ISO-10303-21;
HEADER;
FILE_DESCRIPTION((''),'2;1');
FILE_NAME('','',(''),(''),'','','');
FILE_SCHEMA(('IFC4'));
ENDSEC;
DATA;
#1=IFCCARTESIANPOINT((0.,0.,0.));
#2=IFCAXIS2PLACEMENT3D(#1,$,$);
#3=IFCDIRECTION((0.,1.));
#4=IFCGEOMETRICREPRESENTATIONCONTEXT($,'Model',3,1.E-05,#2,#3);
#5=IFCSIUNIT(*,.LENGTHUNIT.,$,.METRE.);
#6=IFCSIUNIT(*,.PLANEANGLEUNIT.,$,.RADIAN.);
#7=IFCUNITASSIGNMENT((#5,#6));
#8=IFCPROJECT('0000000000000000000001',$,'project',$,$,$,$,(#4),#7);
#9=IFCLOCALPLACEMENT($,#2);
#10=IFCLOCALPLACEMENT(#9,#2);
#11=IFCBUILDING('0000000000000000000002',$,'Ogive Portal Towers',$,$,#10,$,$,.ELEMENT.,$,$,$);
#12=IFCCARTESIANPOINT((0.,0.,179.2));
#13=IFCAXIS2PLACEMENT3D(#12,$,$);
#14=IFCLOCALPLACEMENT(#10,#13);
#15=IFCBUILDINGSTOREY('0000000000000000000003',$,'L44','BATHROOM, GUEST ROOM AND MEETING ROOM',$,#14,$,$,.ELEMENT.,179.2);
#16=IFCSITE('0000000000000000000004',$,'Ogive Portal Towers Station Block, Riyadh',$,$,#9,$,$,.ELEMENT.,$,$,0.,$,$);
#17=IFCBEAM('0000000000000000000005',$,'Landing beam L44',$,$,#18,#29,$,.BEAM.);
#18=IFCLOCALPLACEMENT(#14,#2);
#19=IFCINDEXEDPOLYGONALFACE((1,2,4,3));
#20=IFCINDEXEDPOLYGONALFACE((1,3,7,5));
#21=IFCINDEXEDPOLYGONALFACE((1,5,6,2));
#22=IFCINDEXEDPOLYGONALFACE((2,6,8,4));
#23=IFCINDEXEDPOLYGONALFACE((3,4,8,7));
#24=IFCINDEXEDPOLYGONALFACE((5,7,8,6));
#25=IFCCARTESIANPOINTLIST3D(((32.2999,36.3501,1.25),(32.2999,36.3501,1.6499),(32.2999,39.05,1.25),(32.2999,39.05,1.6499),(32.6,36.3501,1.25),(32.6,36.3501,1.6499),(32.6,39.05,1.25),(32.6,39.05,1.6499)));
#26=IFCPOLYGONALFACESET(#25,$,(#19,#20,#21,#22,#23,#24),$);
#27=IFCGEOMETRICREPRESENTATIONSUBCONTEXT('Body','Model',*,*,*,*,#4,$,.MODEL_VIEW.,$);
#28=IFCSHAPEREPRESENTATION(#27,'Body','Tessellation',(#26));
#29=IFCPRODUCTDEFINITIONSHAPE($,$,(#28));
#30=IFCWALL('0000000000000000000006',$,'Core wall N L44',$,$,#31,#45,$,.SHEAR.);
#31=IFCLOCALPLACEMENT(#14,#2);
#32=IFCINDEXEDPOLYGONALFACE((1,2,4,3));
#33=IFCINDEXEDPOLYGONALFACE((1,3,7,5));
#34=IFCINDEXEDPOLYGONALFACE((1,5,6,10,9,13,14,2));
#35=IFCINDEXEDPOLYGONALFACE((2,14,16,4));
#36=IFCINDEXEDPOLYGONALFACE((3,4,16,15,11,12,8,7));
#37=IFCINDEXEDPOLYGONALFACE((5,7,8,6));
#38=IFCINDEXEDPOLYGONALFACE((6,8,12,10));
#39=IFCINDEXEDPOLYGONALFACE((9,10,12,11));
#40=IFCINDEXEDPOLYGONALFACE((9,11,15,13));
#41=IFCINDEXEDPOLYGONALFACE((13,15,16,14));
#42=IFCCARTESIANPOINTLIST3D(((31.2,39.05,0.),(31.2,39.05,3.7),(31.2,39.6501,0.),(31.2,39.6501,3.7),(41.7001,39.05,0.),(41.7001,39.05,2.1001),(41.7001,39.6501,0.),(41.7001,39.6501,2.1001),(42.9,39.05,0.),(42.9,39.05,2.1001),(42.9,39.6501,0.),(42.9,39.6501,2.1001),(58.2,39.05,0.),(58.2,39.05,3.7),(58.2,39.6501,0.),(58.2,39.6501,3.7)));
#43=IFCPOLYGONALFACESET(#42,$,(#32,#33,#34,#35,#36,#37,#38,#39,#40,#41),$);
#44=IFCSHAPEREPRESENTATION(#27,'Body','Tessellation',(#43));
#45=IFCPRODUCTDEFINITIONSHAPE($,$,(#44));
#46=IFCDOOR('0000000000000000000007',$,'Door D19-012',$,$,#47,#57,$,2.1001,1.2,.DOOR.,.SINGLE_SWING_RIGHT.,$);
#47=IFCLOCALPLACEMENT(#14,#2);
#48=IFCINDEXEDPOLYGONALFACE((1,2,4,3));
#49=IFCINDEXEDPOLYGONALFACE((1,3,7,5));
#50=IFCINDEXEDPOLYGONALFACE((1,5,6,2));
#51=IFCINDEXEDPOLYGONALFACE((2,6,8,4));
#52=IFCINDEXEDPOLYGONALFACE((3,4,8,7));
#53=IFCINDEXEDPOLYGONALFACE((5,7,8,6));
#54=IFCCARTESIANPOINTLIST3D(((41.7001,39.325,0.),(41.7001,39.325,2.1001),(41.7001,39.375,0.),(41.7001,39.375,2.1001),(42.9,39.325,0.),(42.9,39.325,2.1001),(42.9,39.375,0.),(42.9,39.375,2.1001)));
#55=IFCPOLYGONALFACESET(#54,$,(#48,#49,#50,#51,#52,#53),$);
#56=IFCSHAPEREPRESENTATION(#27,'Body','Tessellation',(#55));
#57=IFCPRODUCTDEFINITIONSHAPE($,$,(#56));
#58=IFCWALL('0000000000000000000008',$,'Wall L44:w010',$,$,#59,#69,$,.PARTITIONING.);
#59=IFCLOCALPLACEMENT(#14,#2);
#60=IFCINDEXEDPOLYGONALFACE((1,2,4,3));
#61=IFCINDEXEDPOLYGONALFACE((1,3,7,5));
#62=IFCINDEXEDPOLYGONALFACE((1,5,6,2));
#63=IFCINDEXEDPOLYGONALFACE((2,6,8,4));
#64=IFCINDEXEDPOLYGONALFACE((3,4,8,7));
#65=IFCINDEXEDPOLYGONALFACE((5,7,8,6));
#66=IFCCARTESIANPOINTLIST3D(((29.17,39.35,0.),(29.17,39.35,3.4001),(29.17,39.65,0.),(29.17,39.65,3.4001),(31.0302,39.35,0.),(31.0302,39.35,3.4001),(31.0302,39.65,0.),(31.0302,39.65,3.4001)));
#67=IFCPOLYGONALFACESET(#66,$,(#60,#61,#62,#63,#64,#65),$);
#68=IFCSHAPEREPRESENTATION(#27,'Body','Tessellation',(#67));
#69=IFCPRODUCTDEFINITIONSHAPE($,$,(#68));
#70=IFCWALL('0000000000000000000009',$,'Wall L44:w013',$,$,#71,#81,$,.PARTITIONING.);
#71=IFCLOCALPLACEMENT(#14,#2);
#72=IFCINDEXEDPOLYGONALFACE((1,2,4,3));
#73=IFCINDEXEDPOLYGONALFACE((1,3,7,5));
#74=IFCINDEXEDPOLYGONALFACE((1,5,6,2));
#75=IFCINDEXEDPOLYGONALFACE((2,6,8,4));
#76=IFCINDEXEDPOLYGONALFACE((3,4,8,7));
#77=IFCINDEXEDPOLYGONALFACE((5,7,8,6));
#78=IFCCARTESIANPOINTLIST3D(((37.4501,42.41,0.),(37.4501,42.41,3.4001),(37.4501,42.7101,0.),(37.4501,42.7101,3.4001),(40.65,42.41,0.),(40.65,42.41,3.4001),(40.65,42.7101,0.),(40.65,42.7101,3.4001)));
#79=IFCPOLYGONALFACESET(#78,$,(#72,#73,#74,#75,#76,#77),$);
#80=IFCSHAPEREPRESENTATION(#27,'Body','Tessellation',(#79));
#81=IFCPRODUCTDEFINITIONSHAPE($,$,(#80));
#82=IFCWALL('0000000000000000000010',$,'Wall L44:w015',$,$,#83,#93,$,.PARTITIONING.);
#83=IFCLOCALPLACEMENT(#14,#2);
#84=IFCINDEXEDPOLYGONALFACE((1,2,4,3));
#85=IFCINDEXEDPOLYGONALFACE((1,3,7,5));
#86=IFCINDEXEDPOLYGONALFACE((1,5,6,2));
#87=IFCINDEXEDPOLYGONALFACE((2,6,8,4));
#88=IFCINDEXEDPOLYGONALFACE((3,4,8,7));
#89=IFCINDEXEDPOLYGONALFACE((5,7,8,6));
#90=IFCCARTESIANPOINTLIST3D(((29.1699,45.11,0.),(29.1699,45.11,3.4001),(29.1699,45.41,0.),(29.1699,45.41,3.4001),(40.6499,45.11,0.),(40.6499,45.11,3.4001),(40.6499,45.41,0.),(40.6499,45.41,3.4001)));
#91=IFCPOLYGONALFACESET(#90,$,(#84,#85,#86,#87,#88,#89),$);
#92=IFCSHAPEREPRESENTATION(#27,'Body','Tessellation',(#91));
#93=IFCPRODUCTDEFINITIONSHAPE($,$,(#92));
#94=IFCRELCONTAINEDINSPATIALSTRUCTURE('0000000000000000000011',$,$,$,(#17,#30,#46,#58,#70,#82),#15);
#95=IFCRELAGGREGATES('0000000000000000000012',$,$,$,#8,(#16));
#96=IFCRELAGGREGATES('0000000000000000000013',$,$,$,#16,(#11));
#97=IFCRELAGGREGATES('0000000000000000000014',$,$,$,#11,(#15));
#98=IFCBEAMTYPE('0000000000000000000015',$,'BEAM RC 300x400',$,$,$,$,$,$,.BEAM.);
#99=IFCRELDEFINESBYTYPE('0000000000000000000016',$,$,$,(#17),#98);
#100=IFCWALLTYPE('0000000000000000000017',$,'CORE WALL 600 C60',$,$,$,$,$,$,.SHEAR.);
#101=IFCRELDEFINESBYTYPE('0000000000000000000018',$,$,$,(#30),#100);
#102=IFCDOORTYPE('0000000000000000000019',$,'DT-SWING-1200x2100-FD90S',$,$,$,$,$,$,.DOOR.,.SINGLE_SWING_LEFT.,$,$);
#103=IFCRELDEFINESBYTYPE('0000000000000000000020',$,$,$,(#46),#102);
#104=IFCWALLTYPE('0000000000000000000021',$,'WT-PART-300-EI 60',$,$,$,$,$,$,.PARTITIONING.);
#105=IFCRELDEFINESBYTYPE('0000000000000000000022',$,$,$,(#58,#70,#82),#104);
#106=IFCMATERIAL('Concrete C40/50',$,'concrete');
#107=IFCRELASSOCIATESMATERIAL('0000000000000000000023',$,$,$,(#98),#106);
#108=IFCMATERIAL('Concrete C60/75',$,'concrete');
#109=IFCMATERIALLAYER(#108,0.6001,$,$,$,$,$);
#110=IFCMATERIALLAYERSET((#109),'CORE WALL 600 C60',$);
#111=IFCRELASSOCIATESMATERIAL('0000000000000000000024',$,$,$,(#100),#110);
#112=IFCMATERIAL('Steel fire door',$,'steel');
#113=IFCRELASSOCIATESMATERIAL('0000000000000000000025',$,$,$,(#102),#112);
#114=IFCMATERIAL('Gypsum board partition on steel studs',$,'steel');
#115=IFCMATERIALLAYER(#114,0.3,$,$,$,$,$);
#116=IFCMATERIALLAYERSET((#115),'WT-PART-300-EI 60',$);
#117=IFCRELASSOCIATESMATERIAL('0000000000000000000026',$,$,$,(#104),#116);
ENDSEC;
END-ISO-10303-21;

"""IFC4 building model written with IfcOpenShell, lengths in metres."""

from ifc_helpers import new_model, si_unit, direction, frame, frame_2d, origin, origin_2d, place, context, subcontext, project, spatial, rectangle, extrude, material, layer, layer_set, material_profile, profile_set, type_object, element, fill, save


model = new_model("IFC4")

# Units and contexts
model_context = context("Model", 3, precision=1e-05, world=origin(), true_north=direction((0.0, 1.0)))
body_context = subcontext(model_context, "Body", "Model", "MODEL_VIEW")
ifc_project = project(units=[si_unit("LENGTHUNIT", "METRE"), si_unit("PLANEANGLEUNIT", "RADIAN")], contexts=[model_context])

# Site, building, storey
site_placement = place(None, origin())
site = spatial("IfcSite", under=ifc_project, at=site_placement, Name="Ogive Portal Towers Station Block, Riyadh", CompositionType="ELEMENT", RefElevation=0.0)
building_placement = place(site_placement, origin())
building = spatial("IfcBuilding", under=site, at=building_placement, Name="Ogive Portal Towers", CompositionType="ELEMENT")
storey_placement = place(building_placement, frame((0.0, 0.0, 179.2)))
storey = spatial("IfcBuildingStorey", under=building, at=storey_placement, Name="L44", Description="BATHROOM, GUEST ROOM AND MEETING ROOM", CompositionType="ELEMENT", Elevation=179.2)

# Beam
ifc_material_1 = material(Name="Concrete C40/50", Category="concrete")
ifc_material_profile = material_profile(ifc_material_1, rectangle(XDim=0.3, YDim=0.3999, at=origin_2d()), Name="RC 300x400")
ifc_profile_set = profile_set([ifc_material_profile], Name="Concrete C40/50")
beam_type = type_object("IfcBeamType", Name="BEAM RC 300x400", PredefinedType="BEAM", material=ifc_profile_set)
beam_placement = place(storey_placement, frame((32.45, 36.3501, 1.45), z_axis=(0.0, 1.0, 0.0), x_axis=(-1.0, 0.0, 0.0)))
element("IfcBeam", 1, at=beam_placement, inside=storey, type_object=beam_type, Name="Landing beam L44", PredefinedType="BEAM", context=body_context, shape_type="SweptSolid", body=[
    extrude(rectangle(XDim=0.3, YDim=0.3999, at=origin_2d()), origin(), (0.0, 0.0, 1.0), 2.7),
])

# Wall, opening, door
ifc_material_2 = material(Name="Concrete C60/75", Category="concrete")
ifc_layer_1 = layer(ifc_material_2, 0.6001)
ifc_layer_set_1 = layer_set([ifc_layer_1], Name="CORE WALL 600 C60")
wall_type_1 = type_object("IfcWallType", Name="CORE WALL 600 C60", PredefinedType="SHEAR", material=ifc_layer_set_1)
wall_1_placement = place(storey_placement, frame((31.2, 39.3501, 0.0), z_axis=(0.0, 0.0, 1.0), x_axis=(1.0, 0.0, 0.0)))
wall_1 = element("IfcWall", 2, at=wall_1_placement, inside=storey, type_object=wall_type_1, Name="Core wall N L44", PredefinedType="SHEAR", context=body_context, shape_type="SweptSolid", body=[
    extrude(rectangle(XDim=27.0, YDim=0.6001, at=frame_2d((13.5, 0.0))), origin(), (0.0, 0.0, 1.0), 3.7),
])
opening_placement = place(wall_1_placement, frame((10.5, 0.0, 0.0)))
opening = element("IfcOpeningElement", 3, at=opening_placement, cuts=wall_1, PredefinedType="OPENING", context=body_context, shape_type="SweptSolid", body=[
    extrude(rectangle(XDim=1.2, YDim=2.1001, at=frame_2d((0.6001, 1.05))), frame((0.0, 0.3101, 0.0), z_axis=(0.0, -1.0, 0.0), x_axis=(1.0, 0.0, 0.0)), (0.0, 0.0, 1.0), 0.6201),
])
ifc_material_3 = material(Name="Steel fire door", Category="steel")
door_type = type_object("IfcDoorType", Name="DT-SWING-1200x2100-FD90S", OperationType="SINGLE_SWING_LEFT", PredefinedType="DOOR", material=ifc_material_3)
door_placement = place(opening_placement, origin())
door = element("IfcDoor", 4, at=door_placement, inside=storey, type_object=door_type, Name="Door D19-012", OperationType="SINGLE_SWING_RIGHT", OverallHeight=2.1001, OverallWidth=1.2, PredefinedType="DOOR", context=body_context, shape_type="SweptSolid", body=[
    extrude(rectangle(XDim=1.2, YDim=2.1001, at=frame_2d((0.6001, 1.05))), frame((0.0, 0.0249, 0.0), z_axis=(0.0, -1.0, 0.0), x_axis=(1.0, 0.0, 0.0)), (0.0, 0.0, 1.0), 0.05),
])
fill(opening, door)

# Walls
ifc_material_4 = material(Name="Gypsum board partition on steel studs", Category="steel")
ifc_layer_2 = layer(ifc_material_4, 0.3)
ifc_layer_set_2 = layer_set([ifc_layer_2], Name="WT-PART-300-EI 60")
wall_type_2 = type_object("IfcWallType", Name="WT-PART-300-EI 60", PredefinedType="PARTITIONING", material=ifc_layer_set_2)
wall_2_placement = place(storey_placement, frame((29.1699, 39.5, 0.0), z_axis=(0.0, 0.0, 1.0), x_axis=(1.0, 0.0, 0.0)))
element("IfcWall", 5, at=wall_2_placement, inside=storey, type_object=wall_type_2, Name="Wall L44:w010", PredefinedType="PARTITIONING", context=body_context, shape_type="SweptSolid", body=[
    extrude(rectangle(XDim=1.8601, YDim=0.3, at=frame_2d((0.9302, 0.0))), origin(), (0.0, 0.0, 1.0), 3.4001),
])
wall_3_placement = place(storey_placement, frame((37.45, 42.5601, 0.0), z_axis=(0.0, 0.0, 1.0), x_axis=(1.0, 0.0, 0.0)))
element("IfcWall", 6, at=wall_3_placement, inside=storey, type_object=wall_type_2, Name="Wall L44:w013", PredefinedType="PARTITIONING", context=body_context, shape_type="SweptSolid", body=[
    extrude(rectangle(XDim=3.2, YDim=0.3, at=frame_2d((1.6001, 0.0))), origin(), (0.0, 0.0, 1.0), 3.4001),
])
wall_4_placement = place(storey_placement, frame((29.1699, 45.26, 0.0), z_axis=(0.0, 0.0, 1.0), x_axis=(1.0, 0.0, 0.0)))
element("IfcWall", 7, at=wall_4_placement, inside=storey, type_object=wall_type_2, Name="Wall L44:w015", PredefinedType="PARTITIONING", context=body_context, shape_type="SweptSolid", body=[
    extrude(rectangle(XDim=11.48, YDim=0.3, at=frame_2d((5.74, 0.0))), origin(), (0.0, 0.0, 1.0), 3.4001),
])

save(model, "model.ifc")
